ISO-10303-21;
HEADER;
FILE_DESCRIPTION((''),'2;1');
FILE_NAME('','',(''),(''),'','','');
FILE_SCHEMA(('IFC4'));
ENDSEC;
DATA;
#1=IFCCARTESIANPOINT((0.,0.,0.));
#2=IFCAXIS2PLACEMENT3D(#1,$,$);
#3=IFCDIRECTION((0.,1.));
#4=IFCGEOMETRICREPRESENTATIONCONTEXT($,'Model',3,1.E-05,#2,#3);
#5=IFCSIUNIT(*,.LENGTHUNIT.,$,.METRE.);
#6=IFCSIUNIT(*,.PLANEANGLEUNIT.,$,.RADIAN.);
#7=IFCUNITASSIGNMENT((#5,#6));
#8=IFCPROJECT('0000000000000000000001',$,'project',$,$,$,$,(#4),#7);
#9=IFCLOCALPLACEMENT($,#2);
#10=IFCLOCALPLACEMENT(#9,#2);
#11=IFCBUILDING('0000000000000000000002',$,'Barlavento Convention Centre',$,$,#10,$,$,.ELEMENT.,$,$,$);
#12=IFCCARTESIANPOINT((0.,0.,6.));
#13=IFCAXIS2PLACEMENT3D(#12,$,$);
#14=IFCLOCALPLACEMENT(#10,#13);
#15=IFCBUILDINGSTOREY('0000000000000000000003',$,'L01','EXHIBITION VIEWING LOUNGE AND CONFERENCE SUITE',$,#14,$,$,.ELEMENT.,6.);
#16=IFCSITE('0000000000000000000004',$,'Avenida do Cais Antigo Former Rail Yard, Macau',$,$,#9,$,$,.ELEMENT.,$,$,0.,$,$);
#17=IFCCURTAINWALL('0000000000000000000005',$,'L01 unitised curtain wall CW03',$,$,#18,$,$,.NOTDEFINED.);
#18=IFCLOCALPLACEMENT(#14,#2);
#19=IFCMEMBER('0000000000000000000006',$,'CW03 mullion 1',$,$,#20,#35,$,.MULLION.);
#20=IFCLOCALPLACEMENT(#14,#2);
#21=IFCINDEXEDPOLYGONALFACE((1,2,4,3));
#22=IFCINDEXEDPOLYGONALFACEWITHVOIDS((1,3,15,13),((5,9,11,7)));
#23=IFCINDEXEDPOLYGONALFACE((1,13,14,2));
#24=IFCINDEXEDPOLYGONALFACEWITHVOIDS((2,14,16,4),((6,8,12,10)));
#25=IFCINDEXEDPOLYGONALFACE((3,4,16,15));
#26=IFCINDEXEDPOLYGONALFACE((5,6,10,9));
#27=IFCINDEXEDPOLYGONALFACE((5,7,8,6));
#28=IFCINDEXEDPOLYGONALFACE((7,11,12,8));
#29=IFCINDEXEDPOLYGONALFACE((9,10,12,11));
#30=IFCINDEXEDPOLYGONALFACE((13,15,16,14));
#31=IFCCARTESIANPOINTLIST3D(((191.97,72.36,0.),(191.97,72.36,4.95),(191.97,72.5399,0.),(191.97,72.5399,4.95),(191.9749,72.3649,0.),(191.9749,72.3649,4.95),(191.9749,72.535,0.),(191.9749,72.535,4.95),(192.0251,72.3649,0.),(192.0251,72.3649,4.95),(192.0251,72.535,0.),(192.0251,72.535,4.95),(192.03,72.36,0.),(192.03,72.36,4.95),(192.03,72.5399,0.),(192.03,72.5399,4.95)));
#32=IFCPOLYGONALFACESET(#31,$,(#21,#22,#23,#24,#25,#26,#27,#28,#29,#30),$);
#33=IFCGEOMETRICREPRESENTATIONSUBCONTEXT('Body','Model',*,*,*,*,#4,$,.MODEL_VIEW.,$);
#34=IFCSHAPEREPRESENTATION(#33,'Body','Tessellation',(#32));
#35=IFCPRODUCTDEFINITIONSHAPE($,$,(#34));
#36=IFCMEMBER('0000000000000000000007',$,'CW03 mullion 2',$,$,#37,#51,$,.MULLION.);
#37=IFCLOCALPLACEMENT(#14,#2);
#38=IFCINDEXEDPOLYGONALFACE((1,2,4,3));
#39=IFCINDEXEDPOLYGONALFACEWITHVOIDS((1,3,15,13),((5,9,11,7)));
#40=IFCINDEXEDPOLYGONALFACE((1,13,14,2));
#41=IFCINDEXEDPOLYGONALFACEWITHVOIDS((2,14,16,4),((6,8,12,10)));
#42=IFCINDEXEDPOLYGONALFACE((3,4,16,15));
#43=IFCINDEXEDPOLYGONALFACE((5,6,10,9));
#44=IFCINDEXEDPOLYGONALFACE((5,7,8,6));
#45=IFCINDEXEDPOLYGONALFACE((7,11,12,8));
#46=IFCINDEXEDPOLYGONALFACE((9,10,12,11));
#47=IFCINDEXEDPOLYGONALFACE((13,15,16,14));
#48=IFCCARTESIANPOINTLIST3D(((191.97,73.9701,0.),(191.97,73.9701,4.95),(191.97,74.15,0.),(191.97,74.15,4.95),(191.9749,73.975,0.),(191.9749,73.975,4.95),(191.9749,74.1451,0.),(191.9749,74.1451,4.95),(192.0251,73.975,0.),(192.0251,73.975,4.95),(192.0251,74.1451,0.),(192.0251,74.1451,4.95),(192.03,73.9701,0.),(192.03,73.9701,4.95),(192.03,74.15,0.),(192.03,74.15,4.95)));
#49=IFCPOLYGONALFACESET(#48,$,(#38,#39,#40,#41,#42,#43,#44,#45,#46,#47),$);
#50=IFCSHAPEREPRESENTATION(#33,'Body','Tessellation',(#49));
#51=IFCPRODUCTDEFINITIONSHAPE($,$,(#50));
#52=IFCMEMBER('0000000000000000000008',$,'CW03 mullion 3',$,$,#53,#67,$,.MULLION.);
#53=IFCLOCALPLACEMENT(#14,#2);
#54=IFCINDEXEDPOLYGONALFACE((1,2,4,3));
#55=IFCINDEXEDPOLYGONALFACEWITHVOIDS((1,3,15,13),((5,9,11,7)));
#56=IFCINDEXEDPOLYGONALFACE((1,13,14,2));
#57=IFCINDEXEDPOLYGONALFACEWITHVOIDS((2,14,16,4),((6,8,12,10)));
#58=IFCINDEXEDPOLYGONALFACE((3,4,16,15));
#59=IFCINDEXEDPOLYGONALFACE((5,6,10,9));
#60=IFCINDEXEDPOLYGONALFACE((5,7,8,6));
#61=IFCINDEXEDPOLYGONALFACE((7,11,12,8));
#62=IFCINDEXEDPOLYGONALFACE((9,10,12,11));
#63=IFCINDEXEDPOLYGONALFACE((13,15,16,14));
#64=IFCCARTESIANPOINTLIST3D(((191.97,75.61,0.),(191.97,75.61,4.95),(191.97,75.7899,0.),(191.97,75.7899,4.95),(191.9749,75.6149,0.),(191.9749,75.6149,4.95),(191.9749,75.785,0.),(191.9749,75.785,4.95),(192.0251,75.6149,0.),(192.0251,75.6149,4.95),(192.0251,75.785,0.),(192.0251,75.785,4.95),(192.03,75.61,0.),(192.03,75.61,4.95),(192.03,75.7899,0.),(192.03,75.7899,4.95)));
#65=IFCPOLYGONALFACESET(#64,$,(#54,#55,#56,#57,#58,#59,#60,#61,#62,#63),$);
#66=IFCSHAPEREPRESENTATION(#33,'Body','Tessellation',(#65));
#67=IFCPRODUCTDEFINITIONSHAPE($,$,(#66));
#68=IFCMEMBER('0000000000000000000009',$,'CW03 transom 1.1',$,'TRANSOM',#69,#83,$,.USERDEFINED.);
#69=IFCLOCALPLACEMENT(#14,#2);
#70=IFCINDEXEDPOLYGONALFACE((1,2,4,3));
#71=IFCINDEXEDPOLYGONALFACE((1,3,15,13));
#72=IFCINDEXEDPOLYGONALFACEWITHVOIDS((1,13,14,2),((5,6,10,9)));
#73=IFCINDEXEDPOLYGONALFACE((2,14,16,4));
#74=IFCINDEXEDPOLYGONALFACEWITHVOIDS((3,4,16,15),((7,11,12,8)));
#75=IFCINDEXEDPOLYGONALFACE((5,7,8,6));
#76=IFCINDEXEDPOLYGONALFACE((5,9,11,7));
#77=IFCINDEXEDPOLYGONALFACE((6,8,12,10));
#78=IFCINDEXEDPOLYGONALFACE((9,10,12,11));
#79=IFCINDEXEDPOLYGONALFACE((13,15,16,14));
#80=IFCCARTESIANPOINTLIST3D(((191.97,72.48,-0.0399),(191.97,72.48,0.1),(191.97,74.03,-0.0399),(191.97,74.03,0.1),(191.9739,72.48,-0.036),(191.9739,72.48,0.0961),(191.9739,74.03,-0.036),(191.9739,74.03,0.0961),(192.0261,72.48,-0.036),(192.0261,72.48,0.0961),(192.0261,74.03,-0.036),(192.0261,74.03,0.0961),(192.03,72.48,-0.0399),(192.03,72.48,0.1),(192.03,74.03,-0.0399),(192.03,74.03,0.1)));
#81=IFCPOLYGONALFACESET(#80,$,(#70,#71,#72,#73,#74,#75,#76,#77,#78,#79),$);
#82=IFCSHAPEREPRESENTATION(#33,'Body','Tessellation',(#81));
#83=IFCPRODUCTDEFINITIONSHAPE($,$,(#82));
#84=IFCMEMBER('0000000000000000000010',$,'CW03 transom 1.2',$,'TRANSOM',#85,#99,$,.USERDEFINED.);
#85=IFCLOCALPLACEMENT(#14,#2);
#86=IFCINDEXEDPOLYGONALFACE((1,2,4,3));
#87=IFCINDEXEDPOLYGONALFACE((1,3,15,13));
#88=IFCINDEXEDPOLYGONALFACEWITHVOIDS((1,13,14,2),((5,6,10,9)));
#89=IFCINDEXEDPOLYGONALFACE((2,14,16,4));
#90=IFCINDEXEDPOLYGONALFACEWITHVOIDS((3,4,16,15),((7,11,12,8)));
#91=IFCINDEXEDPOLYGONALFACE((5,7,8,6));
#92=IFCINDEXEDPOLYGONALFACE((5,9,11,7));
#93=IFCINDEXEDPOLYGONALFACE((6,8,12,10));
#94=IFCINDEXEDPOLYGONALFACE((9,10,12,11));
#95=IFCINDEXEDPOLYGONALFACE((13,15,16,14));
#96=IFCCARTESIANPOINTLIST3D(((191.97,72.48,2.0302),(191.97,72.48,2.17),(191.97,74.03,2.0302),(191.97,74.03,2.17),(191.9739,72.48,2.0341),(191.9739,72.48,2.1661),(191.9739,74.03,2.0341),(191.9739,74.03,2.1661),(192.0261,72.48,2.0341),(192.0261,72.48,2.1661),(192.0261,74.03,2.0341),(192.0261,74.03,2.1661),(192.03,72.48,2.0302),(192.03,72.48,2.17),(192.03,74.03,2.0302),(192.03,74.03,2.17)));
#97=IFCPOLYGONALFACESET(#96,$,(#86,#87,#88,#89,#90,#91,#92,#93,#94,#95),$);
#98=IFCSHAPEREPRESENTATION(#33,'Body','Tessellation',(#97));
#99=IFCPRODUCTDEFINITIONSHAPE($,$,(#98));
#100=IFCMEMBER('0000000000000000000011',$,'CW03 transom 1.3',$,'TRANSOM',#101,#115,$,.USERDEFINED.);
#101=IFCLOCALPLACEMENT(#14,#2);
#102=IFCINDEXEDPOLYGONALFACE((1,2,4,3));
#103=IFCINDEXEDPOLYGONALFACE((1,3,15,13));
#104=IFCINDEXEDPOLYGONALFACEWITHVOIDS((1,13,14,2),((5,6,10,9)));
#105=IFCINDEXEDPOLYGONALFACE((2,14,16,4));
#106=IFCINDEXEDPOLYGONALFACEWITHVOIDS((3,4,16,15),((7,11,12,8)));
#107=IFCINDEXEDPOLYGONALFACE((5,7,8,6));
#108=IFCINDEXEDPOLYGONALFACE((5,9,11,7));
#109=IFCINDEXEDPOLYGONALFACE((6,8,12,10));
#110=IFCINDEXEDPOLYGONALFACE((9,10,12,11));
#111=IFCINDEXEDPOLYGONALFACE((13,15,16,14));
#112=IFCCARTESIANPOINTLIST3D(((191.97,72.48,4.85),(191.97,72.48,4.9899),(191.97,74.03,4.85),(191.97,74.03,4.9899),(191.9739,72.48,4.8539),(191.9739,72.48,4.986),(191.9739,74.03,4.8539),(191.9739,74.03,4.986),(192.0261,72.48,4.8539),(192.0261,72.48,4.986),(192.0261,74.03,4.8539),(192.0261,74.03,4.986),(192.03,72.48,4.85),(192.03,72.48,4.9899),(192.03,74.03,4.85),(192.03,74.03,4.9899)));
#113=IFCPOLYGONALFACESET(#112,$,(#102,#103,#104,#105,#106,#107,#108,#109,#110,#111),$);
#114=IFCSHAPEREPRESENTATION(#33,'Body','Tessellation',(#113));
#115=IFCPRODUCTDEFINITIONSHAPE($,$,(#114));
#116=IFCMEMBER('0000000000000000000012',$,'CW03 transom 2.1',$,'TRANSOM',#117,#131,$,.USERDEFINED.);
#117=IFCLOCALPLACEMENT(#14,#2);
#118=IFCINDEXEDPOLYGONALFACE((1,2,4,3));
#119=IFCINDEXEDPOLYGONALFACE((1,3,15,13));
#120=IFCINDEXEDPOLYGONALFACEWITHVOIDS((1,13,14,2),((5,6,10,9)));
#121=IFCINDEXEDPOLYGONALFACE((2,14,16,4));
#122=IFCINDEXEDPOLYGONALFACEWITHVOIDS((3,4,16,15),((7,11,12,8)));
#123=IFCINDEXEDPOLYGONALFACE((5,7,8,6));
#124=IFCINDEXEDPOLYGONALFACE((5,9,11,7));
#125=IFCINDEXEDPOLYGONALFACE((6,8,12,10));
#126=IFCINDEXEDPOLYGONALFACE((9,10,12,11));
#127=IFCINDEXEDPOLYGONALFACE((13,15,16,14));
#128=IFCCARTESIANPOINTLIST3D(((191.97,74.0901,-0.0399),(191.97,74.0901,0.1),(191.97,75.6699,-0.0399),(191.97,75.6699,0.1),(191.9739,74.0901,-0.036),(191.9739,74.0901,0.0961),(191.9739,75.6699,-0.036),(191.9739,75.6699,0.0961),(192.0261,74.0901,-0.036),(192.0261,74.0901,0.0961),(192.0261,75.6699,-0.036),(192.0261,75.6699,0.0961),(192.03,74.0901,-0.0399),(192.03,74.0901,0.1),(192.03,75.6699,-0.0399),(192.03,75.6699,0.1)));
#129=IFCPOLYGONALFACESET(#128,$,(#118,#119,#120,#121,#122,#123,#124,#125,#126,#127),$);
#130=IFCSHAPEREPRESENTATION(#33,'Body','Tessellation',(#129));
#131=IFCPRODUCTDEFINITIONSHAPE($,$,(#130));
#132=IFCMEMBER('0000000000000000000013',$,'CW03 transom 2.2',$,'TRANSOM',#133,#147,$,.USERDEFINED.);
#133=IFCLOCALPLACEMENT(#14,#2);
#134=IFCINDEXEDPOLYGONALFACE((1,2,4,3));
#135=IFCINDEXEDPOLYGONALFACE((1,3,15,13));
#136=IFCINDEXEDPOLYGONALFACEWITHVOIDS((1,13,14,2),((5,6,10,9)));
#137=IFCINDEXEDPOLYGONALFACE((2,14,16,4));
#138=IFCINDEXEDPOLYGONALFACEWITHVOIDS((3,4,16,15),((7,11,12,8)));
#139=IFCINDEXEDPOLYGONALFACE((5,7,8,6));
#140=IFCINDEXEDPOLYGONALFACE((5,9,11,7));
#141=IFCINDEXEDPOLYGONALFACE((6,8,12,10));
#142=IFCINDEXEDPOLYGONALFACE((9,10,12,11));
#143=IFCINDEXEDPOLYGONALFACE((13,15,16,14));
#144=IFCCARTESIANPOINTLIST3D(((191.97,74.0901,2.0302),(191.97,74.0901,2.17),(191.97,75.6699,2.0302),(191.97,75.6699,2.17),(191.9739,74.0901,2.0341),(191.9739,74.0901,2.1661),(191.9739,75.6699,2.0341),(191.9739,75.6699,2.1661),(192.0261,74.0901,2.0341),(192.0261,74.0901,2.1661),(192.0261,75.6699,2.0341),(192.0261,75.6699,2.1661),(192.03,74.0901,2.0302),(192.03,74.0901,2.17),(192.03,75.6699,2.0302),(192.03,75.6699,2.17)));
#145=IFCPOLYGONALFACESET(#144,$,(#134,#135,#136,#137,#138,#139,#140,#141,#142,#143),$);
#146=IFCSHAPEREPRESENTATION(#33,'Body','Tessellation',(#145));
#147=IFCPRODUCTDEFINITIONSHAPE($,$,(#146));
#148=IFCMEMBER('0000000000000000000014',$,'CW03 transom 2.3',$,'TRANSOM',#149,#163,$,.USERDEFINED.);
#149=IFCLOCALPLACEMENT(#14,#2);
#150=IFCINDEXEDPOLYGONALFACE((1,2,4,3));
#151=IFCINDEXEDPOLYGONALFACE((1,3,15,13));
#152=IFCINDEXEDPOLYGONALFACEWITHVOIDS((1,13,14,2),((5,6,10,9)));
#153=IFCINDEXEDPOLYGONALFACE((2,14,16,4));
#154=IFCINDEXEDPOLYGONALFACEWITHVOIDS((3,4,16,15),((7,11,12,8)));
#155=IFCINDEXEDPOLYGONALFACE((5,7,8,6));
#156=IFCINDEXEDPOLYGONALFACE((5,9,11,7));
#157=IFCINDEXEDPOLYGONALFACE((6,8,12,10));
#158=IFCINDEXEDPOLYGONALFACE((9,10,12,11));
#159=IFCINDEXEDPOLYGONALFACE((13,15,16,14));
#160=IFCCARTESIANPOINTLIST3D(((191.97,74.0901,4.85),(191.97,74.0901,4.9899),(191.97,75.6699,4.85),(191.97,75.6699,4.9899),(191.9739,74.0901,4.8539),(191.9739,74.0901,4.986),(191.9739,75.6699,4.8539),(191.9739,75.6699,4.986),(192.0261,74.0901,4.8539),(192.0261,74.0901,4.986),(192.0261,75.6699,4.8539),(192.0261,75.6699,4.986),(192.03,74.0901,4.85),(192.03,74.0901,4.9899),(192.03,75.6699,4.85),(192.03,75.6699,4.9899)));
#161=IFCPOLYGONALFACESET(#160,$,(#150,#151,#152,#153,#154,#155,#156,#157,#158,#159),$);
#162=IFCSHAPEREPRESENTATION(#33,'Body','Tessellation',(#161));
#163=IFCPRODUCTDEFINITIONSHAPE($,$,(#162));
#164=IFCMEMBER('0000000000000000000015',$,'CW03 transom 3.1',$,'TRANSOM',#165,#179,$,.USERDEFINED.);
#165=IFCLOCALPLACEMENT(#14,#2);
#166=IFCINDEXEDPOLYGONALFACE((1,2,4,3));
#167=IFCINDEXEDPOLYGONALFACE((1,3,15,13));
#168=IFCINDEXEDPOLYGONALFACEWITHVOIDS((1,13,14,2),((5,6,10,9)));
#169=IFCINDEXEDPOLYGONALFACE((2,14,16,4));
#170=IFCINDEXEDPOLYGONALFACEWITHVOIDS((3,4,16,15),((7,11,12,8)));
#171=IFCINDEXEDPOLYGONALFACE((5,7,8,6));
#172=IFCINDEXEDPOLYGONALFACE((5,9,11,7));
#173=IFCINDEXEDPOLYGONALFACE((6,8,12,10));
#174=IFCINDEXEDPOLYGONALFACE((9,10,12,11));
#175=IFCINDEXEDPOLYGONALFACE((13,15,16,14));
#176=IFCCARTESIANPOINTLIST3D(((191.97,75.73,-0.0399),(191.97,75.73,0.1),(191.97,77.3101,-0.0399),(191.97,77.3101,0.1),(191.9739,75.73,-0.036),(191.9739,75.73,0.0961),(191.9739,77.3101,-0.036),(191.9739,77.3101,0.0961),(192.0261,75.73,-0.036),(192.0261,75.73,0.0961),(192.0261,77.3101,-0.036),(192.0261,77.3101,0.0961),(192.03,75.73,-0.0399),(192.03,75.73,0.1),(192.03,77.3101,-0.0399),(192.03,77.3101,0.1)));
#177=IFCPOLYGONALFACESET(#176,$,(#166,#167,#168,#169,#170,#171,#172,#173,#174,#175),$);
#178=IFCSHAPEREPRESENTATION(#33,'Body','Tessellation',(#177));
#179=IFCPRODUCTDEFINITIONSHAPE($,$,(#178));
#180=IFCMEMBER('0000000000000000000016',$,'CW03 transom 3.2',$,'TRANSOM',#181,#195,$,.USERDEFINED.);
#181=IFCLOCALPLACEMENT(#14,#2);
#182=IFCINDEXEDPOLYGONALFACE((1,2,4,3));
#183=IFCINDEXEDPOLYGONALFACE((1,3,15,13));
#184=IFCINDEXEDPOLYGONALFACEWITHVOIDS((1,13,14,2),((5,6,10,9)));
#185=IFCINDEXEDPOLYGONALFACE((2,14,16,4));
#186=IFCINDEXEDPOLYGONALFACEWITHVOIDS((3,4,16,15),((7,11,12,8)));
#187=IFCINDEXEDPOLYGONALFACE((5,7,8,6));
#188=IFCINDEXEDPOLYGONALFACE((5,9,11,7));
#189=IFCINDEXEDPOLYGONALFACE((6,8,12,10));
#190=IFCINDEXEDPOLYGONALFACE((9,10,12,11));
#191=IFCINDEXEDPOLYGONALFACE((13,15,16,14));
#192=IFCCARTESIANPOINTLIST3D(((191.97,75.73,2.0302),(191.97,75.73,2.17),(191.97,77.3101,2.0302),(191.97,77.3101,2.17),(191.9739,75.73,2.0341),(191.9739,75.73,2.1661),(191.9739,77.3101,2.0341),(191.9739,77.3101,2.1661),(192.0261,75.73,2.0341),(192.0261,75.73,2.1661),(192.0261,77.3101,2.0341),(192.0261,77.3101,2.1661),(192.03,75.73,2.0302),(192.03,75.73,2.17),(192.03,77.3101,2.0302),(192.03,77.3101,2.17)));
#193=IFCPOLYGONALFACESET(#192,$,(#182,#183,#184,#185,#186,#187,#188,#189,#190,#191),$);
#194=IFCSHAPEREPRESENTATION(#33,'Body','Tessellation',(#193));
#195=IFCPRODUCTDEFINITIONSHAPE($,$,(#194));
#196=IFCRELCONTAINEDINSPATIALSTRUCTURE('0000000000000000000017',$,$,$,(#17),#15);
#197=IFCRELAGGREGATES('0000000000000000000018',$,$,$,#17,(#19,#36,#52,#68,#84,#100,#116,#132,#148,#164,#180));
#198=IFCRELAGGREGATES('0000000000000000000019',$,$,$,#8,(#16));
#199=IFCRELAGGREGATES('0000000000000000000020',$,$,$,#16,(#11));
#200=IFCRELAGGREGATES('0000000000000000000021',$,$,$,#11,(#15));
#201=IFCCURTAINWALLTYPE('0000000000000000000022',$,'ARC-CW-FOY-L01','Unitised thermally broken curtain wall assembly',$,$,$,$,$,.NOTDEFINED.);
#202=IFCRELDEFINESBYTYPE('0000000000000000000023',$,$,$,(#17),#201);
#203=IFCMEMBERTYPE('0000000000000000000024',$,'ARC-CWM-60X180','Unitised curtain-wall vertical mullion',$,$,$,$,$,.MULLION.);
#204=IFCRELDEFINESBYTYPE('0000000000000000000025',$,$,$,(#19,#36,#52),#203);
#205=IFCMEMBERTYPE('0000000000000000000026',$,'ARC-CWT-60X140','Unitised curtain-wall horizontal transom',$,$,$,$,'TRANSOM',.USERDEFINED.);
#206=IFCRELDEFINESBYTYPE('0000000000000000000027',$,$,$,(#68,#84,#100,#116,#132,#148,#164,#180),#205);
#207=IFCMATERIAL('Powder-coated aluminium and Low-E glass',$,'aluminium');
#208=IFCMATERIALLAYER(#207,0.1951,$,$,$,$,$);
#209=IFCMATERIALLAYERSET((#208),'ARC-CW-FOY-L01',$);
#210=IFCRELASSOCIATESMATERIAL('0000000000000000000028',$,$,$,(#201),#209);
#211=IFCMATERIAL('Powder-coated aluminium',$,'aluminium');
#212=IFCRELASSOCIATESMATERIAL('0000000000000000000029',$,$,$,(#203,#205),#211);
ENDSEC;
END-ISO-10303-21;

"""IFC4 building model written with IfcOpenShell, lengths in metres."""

from ifc_helpers import new_model, si_unit, direction, frame, origin, origin_2d, place, context, subcontext, project, spatial, hollow_rectangle, extrude, material, layer, layer_set, material_profile, profile_set, type_object, element, aggregate, save


model = new_model("IFC4")

# Units and contexts
model_context = context("Model", 3, precision=1e-05, world=origin(), true_north=direction((0.0, 1.0)))
body_context = subcontext(model_context, "Body", "Model", "MODEL_VIEW")
ifc_project = project(units=[si_unit("LENGTHUNIT", "METRE"), si_unit("PLANEANGLEUNIT", "RADIAN")], contexts=[model_context])

# Site, building, storey
site_placement = place(None, origin())
site = spatial("IfcSite", under=ifc_project, at=site_placement, Name="Avenida do Cais Antigo Former Rail Yard, Macau", CompositionType="ELEMENT", RefElevation=0.0)
building_placement = place(site_placement, origin())
building = spatial("IfcBuilding", under=site, at=building_placement, Name="Barlavento Convention Centre", CompositionType="ELEMENT")
storey_placement = place(building_placement, frame((0.0, 0.0, 6.0)))
storey = spatial("IfcBuildingStorey", under=building, at=storey_placement, Name="L01", Description="EXHIBITION VIEWING LOUNGE AND CONFERENCE SUITE", CompositionType="ELEMENT", Elevation=6.0)

# Curtain wall, members
ifc_material_1 = material(Name="Powder-coated aluminium and Low-E glass", Category="aluminium")
ifc_layer_1 = layer(ifc_material_1, 0.1951)
ifc_layer_set_1 = layer_set([ifc_layer_1], Name="ARC-CW-FOY-L01")
curtain_wall_type = type_object("IfcCurtainWallType", Name="ARC-CW-FOY-L01", Description="Unitised thermally broken curtain wall assembly", PredefinedType="NOTDEFINED", material=ifc_layer_set_1)
curtain_wall_placement = place(storey_placement, origin())
curtain_wall = element("IfcCurtainWall", 1, at=curtain_wall_placement, inside=storey, type_object=curtain_wall_type, Name="L01 unitised curtain wall CW03", PredefinedType="NOTDEFINED")
ifc_material_2 = material(Name="Powder-coated aluminium", Category="aluminium")
ifc_material_profile_1 = material_profile(ifc_material_2, hollow_rectangle(XDim=0.0601, YDim=0.1799, WallThickness=0.0049, at=origin_2d()), Name="AL-MULL 60x180x5")
ifc_profile_set_1 = profile_set([ifc_material_profile_1], Name="Powder-coated aluminium")
member_type_1 = type_object("IfcMemberType", Name="ARC-CWM-60X180", Description="Unitised curtain-wall vertical mullion", PredefinedType="MULLION", material=ifc_profile_set_1)
member_1_placement = place(storey_placement, frame((192.0, 72.45, 0.0), z_axis=(0.0, 0.0, 1.0), x_axis=(-1.0, 0.0, 0.0)))
member_1 = element("IfcMember", 2, at=member_1_placement, type_object=member_type_1, Name="CW03 mullion 1", PredefinedType="MULLION", context=body_context, shape_type="SweptSolid", body=[
    extrude(hollow_rectangle(XDim=0.0601, YDim=0.1799, WallThickness=0.0049, at=origin_2d()), origin(), (0.0, 0.0, 1.0), 4.95),
])
member_2_placement = place(storey_placement, frame((192.0, 74.0601, 0.0), z_axis=(0.0, 0.0, 1.0), x_axis=(-1.0, 0.0, 0.0)))
member_2 = element("IfcMember", 3, at=member_2_placement, type_object=member_type_1, Name="CW03 mullion 2", PredefinedType="MULLION", context=body_context, shape_type="SweptSolid", body=[
    extrude(hollow_rectangle(XDim=0.0601, YDim=0.1799, WallThickness=0.0049, at=origin_2d()), origin(), (0.0, 0.0, 1.0), 4.95),
])
member_3_placement = place(storey_placement, frame((192.0, 75.7, 0.0), z_axis=(0.0, 0.0, 1.0), x_axis=(-1.0, 0.0, 0.0)))
member_3 = element("IfcMember", 4, at=member_3_placement, type_object=member_type_1, Name="CW03 mullion 3", PredefinedType="MULLION", context=body_context, shape_type="SweptSolid", body=[
    extrude(hollow_rectangle(XDim=0.0601, YDim=0.1799, WallThickness=0.0049, at=origin_2d()), origin(), (0.0, 0.0, 1.0), 4.95),
])
ifc_material_profile_2 = material_profile(ifc_material_2, hollow_rectangle(XDim=0.0601, YDim=0.1399, WallThickness=0.0039, at=origin_2d()), Name="AL-TRAN 60x140x4")
ifc_profile_set_2 = profile_set([ifc_material_profile_2], Name="Powder-coated aluminium")
member_type_2 = type_object("IfcMemberType", Name="ARC-CWT-60X140", Description="Unitised curtain-wall horizontal transom", ElementType="TRANSOM", PredefinedType="USERDEFINED", material=ifc_profile_set_2)
member_4_placement = place(storey_placement, frame((192.0, 72.48, 0.03), z_axis=(0.0, 1.0, 0.0), x_axis=(-1.0, 0.0, 0.0)))
member_4 = element("IfcMember", 5, at=member_4_placement, type_object=member_type_2, Name="CW03 transom 1.1", ObjectType="TRANSOM", PredefinedType="USERDEFINED", context=body_context, shape_type="SweptSolid", body=[
    extrude(hollow_rectangle(XDim=0.0601, YDim=0.1399, WallThickness=0.0039, at=origin_2d()), origin(), (0.0, 0.0, 1.0), 1.55),
])
member_5_placement = place(storey_placement, frame((192.0, 72.48, 2.1001), z_axis=(0.0, 1.0, 0.0), x_axis=(-1.0, 0.0, 0.0)))
member_5 = element("IfcMember", 6, at=member_5_placement, type_object=member_type_2, Name="CW03 transom 1.2", ObjectType="TRANSOM", PredefinedType="USERDEFINED", context=body_context, shape_type="SweptSolid", body=[
    extrude(hollow_rectangle(XDim=0.0601, YDim=0.1399, WallThickness=0.0039, at=origin_2d()), origin(), (0.0, 0.0, 1.0), 1.55),
])
member_6_placement = place(storey_placement, frame((192.0, 72.48, 4.9199), z_axis=(0.0, 1.0, 0.0), x_axis=(-1.0, 0.0, 0.0)))
member_6 = element("IfcMember", 7, at=member_6_placement, type_object=member_type_2, Name="CW03 transom 1.3", ObjectType="TRANSOM", PredefinedType="USERDEFINED", context=body_context, shape_type="SweptSolid", body=[
    extrude(hollow_rectangle(XDim=0.0601, YDim=0.1399, WallThickness=0.0039, at=origin_2d()), origin(), (0.0, 0.0, 1.0), 1.55),
])
member_7_placement = place(storey_placement, frame((192.0, 74.0901, 0.03), z_axis=(0.0, 1.0, 0.0), x_axis=(-1.0, 0.0, 0.0)))
member_7 = element("IfcMember", 8, at=member_7_placement, type_object=member_type_2, Name="CW03 transom 2.1", ObjectType="TRANSOM", PredefinedType="USERDEFINED", context=body_context, shape_type="SweptSolid", body=[
    extrude(hollow_rectangle(XDim=0.0601, YDim=0.1399, WallThickness=0.0039, at=origin_2d()), origin(), (0.0, 0.0, 1.0), 1.5798),
])
member_8_placement = place(storey_placement, frame((192.0, 74.0901, 2.1001), z_axis=(0.0, 1.0, 0.0), x_axis=(-1.0, 0.0, 0.0)))
member_8 = element("IfcMember", 9, at=member_8_placement, type_object=member_type_2, Name="CW03 transom 2.2", ObjectType="TRANSOM", PredefinedType="USERDEFINED", context=body_context, shape_type="SweptSolid", body=[
    extrude(hollow_rectangle(XDim=0.0601, YDim=0.1399, WallThickness=0.0039, at=origin_2d()), origin(), (0.0, 0.0, 1.0), 1.5798),
])
member_9_placement = place(storey_placement, frame((192.0, 74.0901, 4.9199), z_axis=(0.0, 1.0, 0.0), x_axis=(-1.0, 0.0, 0.0)))
member_9 = element("IfcMember", 10, at=member_9_placement, type_object=member_type_2, Name="CW03 transom 2.3", ObjectType="TRANSOM", PredefinedType="USERDEFINED", context=body_context, shape_type="SweptSolid", body=[
    extrude(hollow_rectangle(XDim=0.0601, YDim=0.1399, WallThickness=0.0039, at=origin_2d()), origin(), (0.0, 0.0, 1.0), 1.5798),
])
member_10_placement = place(storey_placement, frame((192.0, 75.73, 0.03), z_axis=(0.0, 1.0, 0.0), x_axis=(-1.0, 0.0, 0.0)))
member_10 = element("IfcMember", 11, at=member_10_placement, type_object=member_type_2, Name="CW03 transom 3.1", ObjectType="TRANSOM", PredefinedType="USERDEFINED", context=body_context, shape_type="SweptSolid", body=[
    extrude(hollow_rectangle(XDim=0.0601, YDim=0.1399, WallThickness=0.0039, at=origin_2d()), origin(), (0.0, 0.0, 1.0), 1.5801),
])
member_11_placement = place(storey_placement, frame((192.0, 75.73, 2.1001), z_axis=(0.0, 1.0, 0.0), x_axis=(-1.0, 0.0, 0.0)))
member_11 = element("IfcMember", 12, at=member_11_placement, type_object=member_type_2, Name="CW03 transom 3.2", ObjectType="TRANSOM", PredefinedType="USERDEFINED", context=body_context, shape_type="SweptSolid", body=[
    extrude(hollow_rectangle(XDim=0.0601, YDim=0.1399, WallThickness=0.0039, at=origin_2d()), origin(), (0.0, 0.0, 1.0), 1.5801),
])

aggregate(curtain_wall, [member_1, member_2, member_3, member_4, member_5, member_6, member_7, member_8, member_9, member_10, member_11])

save(model, "model.ifc")
